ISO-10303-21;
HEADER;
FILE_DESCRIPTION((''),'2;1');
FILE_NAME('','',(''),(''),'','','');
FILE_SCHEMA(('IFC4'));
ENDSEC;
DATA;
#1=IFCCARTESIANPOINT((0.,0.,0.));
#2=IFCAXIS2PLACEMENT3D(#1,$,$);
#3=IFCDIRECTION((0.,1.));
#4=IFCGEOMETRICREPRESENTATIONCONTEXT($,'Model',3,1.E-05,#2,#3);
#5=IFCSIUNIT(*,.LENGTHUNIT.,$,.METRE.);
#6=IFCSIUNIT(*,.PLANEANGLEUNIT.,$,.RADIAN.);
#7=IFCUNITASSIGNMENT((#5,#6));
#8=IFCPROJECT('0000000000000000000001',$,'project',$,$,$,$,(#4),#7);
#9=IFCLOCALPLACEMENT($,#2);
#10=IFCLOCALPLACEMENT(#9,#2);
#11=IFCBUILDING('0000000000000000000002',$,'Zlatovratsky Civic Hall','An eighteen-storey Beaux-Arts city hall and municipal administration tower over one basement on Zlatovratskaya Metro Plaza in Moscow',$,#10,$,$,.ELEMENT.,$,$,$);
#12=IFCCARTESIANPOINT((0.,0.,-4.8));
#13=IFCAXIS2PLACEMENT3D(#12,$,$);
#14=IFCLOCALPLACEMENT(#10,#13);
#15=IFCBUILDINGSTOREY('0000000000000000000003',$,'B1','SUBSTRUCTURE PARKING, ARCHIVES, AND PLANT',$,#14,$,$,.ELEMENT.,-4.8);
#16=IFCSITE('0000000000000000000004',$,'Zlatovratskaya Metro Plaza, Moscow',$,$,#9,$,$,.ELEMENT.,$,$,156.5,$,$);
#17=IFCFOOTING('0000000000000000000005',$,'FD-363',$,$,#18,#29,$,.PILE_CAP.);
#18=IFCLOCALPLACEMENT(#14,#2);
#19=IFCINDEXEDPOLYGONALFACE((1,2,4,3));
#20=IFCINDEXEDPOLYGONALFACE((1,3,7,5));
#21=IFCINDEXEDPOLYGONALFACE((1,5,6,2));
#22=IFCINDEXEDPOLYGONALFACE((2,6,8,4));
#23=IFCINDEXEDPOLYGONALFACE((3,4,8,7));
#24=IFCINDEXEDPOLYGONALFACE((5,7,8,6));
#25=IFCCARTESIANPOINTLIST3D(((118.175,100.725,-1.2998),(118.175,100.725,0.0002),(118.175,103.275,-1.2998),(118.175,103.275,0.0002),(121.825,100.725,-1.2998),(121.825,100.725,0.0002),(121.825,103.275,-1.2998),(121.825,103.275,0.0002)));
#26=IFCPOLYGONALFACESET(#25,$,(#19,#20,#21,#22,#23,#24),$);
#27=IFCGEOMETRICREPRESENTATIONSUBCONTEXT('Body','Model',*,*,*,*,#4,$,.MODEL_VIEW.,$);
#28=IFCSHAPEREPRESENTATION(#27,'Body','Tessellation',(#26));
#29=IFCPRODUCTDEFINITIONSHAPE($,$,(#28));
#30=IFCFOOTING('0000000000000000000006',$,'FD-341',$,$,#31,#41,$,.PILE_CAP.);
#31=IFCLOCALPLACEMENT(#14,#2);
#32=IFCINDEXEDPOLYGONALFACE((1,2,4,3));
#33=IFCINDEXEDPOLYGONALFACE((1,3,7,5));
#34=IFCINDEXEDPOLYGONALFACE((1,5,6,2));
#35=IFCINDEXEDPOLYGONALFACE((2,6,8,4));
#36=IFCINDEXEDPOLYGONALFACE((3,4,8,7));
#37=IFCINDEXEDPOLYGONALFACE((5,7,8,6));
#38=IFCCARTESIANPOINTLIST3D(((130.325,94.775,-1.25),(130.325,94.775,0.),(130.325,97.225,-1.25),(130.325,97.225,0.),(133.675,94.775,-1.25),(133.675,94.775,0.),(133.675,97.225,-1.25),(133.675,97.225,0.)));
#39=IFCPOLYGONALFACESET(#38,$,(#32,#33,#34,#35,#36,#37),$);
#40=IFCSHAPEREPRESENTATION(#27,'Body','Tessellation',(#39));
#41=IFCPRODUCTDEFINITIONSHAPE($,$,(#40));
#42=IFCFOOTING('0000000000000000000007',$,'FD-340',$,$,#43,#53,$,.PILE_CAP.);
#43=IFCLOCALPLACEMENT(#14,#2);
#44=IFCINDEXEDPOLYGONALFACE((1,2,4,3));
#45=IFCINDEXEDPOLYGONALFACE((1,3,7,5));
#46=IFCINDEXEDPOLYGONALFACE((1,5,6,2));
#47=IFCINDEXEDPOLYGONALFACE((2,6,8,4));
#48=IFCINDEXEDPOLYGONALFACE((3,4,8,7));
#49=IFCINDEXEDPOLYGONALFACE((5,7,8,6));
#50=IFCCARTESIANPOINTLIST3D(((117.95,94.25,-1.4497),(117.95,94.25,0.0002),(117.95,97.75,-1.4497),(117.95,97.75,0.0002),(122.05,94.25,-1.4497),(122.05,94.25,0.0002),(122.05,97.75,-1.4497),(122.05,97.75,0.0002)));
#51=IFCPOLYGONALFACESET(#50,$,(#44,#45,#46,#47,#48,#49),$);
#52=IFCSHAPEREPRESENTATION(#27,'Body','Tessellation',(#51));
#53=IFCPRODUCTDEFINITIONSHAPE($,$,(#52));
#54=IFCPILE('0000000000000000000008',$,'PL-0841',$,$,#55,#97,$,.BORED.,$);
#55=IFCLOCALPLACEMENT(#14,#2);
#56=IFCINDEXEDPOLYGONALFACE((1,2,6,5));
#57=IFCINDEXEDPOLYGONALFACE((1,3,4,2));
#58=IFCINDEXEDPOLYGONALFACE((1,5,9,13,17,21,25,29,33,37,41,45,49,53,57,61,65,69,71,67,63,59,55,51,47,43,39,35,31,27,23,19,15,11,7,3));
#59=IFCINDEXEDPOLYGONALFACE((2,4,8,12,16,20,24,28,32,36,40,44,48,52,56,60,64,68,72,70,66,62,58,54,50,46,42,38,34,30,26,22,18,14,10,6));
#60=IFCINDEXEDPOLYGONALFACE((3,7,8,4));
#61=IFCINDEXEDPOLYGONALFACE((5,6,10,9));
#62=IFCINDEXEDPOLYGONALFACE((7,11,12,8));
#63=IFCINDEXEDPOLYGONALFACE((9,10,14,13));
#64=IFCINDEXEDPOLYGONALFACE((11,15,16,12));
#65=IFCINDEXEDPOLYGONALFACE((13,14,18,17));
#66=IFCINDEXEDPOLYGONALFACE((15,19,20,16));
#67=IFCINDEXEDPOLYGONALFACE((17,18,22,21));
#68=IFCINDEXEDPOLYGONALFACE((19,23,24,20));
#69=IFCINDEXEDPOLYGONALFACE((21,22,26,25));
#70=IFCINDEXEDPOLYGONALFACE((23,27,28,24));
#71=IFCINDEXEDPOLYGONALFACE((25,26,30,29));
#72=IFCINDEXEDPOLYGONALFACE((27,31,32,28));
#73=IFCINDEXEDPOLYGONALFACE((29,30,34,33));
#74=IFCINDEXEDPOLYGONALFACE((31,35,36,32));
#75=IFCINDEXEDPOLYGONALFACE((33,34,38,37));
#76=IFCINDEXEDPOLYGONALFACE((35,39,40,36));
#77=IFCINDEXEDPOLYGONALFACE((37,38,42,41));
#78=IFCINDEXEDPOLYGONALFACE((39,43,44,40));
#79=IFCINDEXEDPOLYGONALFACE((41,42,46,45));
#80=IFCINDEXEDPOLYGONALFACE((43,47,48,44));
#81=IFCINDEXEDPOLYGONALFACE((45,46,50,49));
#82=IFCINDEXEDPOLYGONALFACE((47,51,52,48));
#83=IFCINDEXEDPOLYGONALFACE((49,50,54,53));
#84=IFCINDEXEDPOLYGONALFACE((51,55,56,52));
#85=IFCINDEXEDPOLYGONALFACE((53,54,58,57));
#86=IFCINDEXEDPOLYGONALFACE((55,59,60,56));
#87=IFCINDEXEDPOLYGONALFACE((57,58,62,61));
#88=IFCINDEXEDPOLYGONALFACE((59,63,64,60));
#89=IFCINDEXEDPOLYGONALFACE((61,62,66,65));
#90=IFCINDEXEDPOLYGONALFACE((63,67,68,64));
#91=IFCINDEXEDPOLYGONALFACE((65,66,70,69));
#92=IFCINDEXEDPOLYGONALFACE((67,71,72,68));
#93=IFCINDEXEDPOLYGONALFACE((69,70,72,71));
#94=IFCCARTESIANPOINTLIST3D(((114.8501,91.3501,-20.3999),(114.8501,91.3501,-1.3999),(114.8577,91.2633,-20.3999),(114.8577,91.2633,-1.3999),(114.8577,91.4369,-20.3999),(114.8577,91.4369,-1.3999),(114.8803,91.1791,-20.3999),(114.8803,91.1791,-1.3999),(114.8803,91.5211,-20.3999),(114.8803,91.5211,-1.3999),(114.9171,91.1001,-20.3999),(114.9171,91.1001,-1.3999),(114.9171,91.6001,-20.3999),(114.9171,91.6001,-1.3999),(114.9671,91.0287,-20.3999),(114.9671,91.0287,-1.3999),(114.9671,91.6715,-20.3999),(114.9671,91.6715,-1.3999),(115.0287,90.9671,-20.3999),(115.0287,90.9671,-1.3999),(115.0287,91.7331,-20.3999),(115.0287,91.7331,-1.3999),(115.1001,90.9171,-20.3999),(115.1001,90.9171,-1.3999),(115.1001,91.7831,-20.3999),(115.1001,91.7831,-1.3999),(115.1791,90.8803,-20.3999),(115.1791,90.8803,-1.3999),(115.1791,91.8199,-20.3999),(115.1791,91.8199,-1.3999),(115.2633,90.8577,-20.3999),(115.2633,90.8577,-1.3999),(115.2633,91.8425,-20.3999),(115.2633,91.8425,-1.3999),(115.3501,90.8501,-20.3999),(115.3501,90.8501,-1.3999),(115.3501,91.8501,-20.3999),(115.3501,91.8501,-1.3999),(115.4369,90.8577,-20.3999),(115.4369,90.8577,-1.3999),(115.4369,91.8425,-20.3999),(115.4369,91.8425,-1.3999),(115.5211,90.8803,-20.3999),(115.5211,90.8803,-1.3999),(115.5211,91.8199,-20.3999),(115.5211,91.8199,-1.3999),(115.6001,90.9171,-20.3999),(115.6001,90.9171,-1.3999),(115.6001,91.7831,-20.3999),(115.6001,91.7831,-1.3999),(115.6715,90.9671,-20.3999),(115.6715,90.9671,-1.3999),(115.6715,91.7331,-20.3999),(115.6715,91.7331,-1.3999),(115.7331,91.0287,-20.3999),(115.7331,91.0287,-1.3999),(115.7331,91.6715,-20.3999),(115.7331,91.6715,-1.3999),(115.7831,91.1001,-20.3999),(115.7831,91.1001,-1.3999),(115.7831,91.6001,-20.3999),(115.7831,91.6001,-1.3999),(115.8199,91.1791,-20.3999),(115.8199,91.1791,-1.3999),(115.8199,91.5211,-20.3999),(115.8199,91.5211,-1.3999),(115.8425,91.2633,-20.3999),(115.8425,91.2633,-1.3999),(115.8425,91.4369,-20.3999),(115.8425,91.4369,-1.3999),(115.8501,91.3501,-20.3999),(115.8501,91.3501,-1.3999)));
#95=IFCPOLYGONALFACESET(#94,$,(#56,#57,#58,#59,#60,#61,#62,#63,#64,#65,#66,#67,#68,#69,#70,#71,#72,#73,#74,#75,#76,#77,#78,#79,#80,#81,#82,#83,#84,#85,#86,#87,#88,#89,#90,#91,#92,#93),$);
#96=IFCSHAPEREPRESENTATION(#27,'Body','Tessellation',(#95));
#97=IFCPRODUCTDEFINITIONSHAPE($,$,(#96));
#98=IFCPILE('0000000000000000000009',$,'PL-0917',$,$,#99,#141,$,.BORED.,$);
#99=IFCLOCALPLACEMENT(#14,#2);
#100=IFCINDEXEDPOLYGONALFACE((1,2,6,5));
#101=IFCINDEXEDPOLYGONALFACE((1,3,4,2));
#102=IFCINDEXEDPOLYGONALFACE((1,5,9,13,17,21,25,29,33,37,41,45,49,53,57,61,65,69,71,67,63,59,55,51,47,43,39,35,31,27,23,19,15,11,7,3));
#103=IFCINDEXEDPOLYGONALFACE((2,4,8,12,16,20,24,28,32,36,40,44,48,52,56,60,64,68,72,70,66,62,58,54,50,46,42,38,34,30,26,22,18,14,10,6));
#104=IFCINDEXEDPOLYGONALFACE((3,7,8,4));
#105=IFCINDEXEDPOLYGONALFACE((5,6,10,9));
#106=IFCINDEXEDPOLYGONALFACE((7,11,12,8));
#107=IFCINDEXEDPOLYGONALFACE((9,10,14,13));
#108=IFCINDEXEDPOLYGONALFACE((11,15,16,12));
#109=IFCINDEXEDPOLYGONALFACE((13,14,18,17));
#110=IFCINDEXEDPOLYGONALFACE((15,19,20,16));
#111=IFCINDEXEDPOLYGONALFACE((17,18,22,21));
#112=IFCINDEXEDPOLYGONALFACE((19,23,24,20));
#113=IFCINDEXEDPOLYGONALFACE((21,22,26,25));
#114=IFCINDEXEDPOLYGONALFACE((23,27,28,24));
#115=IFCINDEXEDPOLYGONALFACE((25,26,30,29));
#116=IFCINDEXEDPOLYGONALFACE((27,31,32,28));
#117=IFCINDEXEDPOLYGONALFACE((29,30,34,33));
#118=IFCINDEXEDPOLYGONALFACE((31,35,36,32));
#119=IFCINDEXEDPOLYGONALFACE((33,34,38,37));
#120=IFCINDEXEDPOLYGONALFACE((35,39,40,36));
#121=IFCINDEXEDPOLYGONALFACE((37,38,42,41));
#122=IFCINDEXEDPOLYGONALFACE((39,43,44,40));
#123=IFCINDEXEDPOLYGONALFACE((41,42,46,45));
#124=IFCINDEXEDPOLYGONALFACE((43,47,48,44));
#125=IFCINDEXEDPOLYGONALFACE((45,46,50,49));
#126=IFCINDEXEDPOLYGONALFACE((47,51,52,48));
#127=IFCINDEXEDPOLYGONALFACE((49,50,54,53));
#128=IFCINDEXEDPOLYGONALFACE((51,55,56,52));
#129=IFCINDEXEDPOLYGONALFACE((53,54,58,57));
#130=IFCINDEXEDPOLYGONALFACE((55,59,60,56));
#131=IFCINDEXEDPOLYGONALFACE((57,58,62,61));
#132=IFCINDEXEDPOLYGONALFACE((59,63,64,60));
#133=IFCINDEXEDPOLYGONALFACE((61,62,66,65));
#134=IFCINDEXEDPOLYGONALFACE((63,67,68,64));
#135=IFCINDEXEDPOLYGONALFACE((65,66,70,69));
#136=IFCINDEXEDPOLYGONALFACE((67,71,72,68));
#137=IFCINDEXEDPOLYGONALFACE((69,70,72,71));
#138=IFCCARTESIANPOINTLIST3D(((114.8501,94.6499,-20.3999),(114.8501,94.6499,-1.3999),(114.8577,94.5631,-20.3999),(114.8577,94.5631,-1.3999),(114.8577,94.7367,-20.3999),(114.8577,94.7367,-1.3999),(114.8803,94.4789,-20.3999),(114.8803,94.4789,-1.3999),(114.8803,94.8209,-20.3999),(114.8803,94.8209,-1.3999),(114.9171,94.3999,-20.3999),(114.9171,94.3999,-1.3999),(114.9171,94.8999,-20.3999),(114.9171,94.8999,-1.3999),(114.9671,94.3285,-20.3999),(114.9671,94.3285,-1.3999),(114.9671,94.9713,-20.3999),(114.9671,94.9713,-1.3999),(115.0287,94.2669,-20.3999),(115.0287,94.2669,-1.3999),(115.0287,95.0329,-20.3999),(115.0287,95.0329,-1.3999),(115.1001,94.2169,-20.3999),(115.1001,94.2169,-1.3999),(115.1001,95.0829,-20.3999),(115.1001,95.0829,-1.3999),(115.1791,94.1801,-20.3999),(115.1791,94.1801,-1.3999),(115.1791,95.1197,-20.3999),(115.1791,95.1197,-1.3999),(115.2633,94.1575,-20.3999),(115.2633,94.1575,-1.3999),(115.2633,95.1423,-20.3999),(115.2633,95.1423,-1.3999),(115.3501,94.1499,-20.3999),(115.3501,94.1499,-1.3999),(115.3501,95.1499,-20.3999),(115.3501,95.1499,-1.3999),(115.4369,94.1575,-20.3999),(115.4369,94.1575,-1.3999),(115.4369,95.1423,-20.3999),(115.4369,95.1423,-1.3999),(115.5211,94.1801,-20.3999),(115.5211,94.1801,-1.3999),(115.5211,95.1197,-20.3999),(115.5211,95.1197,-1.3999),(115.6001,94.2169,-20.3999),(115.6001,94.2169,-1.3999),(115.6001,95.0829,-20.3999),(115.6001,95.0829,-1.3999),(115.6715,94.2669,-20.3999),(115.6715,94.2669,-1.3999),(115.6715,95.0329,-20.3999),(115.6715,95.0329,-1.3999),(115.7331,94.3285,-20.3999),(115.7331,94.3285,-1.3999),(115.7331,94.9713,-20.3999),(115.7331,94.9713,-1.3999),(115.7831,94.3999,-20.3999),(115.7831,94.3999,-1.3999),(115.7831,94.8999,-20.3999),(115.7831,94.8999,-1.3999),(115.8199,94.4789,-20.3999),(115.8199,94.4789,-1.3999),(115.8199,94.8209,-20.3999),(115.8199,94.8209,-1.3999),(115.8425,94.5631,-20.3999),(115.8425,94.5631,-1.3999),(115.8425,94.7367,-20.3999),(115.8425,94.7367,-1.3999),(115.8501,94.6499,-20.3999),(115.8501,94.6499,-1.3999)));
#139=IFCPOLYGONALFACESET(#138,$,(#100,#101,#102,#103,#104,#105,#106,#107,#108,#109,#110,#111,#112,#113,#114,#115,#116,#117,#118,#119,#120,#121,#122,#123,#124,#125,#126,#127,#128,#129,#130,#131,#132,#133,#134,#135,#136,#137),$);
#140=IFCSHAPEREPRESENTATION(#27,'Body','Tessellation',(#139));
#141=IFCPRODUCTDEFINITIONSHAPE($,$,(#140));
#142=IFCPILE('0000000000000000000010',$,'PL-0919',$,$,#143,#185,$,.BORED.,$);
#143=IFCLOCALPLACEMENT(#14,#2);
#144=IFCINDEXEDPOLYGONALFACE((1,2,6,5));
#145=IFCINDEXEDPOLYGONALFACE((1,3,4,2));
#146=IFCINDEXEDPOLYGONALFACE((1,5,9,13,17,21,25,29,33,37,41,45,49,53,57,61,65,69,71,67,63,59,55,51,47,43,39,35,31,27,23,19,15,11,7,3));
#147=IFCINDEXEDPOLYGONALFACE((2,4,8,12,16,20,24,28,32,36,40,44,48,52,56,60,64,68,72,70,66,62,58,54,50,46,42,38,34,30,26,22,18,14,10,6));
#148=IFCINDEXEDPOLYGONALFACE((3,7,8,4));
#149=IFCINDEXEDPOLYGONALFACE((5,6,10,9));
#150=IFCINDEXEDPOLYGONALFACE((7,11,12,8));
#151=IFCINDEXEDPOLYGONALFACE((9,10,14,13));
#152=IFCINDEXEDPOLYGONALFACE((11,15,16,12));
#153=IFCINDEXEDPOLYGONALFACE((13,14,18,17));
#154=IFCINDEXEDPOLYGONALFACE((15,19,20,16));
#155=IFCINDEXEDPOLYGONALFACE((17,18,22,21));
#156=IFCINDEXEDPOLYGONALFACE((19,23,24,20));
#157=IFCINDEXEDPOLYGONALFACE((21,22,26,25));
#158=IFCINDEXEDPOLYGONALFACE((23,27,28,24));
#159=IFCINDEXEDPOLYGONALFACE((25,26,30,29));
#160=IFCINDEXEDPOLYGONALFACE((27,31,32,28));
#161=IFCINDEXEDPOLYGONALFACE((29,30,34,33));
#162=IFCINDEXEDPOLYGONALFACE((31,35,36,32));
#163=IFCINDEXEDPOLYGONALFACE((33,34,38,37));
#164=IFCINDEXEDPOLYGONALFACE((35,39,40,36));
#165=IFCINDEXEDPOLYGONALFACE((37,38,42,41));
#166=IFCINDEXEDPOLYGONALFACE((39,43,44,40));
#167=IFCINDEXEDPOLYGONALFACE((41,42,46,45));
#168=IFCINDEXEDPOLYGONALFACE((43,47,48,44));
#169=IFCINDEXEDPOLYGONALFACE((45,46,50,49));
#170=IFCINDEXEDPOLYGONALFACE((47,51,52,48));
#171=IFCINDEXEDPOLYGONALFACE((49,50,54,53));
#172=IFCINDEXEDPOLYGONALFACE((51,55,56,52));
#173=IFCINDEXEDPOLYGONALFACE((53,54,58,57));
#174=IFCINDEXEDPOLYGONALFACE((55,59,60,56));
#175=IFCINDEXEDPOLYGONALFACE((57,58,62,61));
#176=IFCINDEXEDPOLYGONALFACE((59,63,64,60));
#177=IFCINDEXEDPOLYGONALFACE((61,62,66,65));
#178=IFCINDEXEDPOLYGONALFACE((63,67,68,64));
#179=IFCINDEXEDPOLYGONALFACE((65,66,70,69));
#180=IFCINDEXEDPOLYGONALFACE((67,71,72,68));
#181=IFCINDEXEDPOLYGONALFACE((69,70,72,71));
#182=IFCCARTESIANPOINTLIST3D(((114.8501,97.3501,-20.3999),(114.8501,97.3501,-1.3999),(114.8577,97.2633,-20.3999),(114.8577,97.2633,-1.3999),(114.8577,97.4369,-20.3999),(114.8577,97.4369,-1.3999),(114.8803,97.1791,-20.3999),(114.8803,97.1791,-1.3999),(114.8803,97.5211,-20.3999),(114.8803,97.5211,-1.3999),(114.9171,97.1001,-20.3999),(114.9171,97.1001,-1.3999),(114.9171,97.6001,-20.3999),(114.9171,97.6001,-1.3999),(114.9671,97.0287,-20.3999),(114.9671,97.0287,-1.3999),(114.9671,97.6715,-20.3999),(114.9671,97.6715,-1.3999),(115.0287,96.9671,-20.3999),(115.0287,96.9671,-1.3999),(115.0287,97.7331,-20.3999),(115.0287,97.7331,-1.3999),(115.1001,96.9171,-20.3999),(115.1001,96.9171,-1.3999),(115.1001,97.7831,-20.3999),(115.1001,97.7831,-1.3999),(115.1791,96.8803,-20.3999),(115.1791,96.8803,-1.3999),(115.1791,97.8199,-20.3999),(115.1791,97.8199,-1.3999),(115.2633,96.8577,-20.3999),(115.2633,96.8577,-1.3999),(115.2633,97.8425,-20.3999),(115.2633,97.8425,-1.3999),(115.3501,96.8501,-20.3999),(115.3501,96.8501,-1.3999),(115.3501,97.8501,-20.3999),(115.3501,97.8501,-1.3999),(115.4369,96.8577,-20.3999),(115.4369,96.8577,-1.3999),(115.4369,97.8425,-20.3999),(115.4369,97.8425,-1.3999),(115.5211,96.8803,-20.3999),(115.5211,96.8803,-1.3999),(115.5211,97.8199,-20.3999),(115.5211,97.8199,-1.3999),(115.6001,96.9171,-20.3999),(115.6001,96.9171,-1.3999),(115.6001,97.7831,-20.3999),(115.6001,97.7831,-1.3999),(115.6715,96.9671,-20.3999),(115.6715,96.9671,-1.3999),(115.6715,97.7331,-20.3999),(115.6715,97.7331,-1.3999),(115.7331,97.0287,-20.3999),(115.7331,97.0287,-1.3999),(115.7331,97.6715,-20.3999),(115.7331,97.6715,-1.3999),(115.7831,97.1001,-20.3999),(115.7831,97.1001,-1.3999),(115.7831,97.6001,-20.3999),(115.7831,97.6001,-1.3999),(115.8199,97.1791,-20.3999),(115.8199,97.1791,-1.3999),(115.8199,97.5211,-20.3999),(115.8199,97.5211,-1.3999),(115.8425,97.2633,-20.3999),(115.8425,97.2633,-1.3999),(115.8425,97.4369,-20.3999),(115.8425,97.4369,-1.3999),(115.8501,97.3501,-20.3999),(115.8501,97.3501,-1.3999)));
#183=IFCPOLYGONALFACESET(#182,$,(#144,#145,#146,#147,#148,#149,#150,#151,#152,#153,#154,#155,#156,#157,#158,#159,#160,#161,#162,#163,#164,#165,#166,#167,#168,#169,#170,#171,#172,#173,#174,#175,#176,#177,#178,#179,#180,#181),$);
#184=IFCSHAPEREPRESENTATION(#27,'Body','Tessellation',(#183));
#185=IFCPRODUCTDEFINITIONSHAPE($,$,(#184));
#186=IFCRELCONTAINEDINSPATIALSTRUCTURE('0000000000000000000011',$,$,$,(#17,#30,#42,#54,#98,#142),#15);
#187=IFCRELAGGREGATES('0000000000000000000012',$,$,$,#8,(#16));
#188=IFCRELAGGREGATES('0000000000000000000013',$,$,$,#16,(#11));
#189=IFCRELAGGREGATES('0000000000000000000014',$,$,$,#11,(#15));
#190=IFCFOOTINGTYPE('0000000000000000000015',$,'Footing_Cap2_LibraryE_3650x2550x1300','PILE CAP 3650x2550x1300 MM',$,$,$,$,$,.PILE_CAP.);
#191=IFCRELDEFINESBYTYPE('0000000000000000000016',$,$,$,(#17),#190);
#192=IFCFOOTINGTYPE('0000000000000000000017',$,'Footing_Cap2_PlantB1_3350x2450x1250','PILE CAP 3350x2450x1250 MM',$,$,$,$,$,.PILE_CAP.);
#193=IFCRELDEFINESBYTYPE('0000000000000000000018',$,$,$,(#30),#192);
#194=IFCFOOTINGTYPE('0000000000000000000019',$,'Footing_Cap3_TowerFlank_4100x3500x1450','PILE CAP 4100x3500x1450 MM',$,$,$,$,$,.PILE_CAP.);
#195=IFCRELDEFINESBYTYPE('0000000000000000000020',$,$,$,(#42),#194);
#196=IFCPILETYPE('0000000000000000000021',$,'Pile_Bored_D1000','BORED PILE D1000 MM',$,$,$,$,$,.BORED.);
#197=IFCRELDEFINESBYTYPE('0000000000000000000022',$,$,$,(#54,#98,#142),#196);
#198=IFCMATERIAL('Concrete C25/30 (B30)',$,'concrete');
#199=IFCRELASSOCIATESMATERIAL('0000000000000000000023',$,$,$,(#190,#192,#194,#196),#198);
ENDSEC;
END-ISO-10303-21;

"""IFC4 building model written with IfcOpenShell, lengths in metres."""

from ifc_helpers import new_model, si_unit, direction, frame, origin, origin_2d, place, context, subcontext, project, spatial, rectangle, circle, extrude, material, material_profile, profile_set, type_object, element, save


model = new_model("IFC4")

# Units and contexts
model_context = context("Model", 3, precision=1e-05, world=origin(), true_north=direction((0.0, 1.0)))
body_context = subcontext(model_context, "Body", "Model", "MODEL_VIEW")
ifc_project = project(units=[si_unit("LENGTHUNIT", "METRE"), si_unit("PLANEANGLEUNIT", "RADIAN")], contexts=[model_context])

# Site, building, storey
site_placement = place(None, origin())
site = spatial("IfcSite", under=ifc_project, at=site_placement, Name="Zlatovratskaya Metro Plaza, Moscow", CompositionType="ELEMENT", RefElevation=156.5)
building_placement = place(site_placement, origin())
building = spatial("IfcBuilding", under=site, at=building_placement, Name="Zlatovratsky Civic Hall", Description="An eighteen-storey Beaux-Arts city hall and municipal administration tower over one basement on Zlatovratskaya Metro Plaza in Moscow", CompositionType="ELEMENT")
storey_placement = place(building_placement, frame((0.0, 0.0, -4.8)))
storey = spatial("IfcBuildingStorey", under=building, at=storey_placement, Name="B1", Description="SUBSTRUCTURE PARKING, ARCHIVES, AND PLANT", CompositionType="ELEMENT", Elevation=-4.8)

# Footings
ifc_material_1 = material(Name="Concrete C25/30 (B30)", Category="concrete")
footing_type_1 = type_object("IfcFootingType", Name="Footing_Cap2_LibraryE_3650x2550x1300", Description="PILE CAP 3650x2550x1300 MM", PredefinedType="PILE_CAP", material=ifc_material_1)
footing_1_placement = place(storey_placement, frame((120.0, 102.0, -1.2998), z_axis=(0.0, 0.0, 1.0), x_axis=(1.0, 0.0, 0.0)))
element("IfcFooting", 1, at=footing_1_placement, inside=storey, type_object=footing_type_1, Name="FD-363", PredefinedType="PILE_CAP", context=body_context, shape_type="SweptSolid", body=[
    extrude(rectangle(XDim=3.6499, YDim=2.55, at=origin_2d()), origin(), (0.0, 0.0, 1.0), 1.3),
])
footing_type_2 = type_object("IfcFootingType", Name="Footing_Cap2_PlantB1_3350x2450x1250", Description="PILE CAP 3350x2450x1250 MM", PredefinedType="PILE_CAP", material=ifc_material_1)
footing_2_placement = place(storey_placement, frame((132.0, 96.0, -1.25), z_axis=(0.0, 0.0, 1.0), x_axis=(1.0, 0.0, 0.0)))
element("IfcFooting", 2, at=footing_2_placement, inside=storey, type_object=footing_type_2, Name="FD-341", PredefinedType="PILE_CAP", context=body_context, shape_type="SweptSolid", body=[
    extrude(rectangle(XDim=3.3501, YDim=2.45, at=origin_2d()), origin(), (0.0, 0.0, 1.0), 1.25),
])
footing_type_3 = type_object("IfcFootingType", Name="Footing_Cap3_TowerFlank_4100x3500x1450", Description="PILE CAP 4100x3500x1450 MM", PredefinedType="PILE_CAP", material=ifc_material_1)
footing_3_placement = place(storey_placement, frame((120.0, 96.0, -1.4497), z_axis=(0.0, 0.0, 1.0), x_axis=(1.0, 0.0, 0.0)))
element("IfcFooting", 3, at=footing_3_placement, inside=storey, type_object=footing_type_3, Name="FD-340", PredefinedType="PILE_CAP", context=body_context, shape_type="SweptSolid", body=[
    extrude(rectangle(XDim=4.1001, YDim=3.5, at=origin_2d()), origin(), (0.0, 0.0, 1.0), 1.45),
])

# Piles
ifc_material_profile_1 = material_profile(ifc_material_1, circle(Radius=0.5, at=origin_2d()), Name="PILE D1000")
ifc_profile_set_1 = profile_set([ifc_material_profile_1], Name="Concrete C25/30 (B30)")
pile_type_1 = type_object("IfcPileType", Name="Pile_Bored_D1000", Description="BORED PILE D1000 MM", PredefinedType="BORED", material=ifc_profile_set_1)
for number, where, z_axis, x_axis, name in (
    (4, (115.3501, 91.3501, -1.3999), (0.0, 0.0, -1.0), (1.0, 0.0, 0.0), "PL-0841"),
    (5, (115.3501, 94.6499, -1.3999), (0.0, 0.0, -1.0), (1.0, 0.0, 0.0), "PL-0917"),
    (6, (115.3501, 97.3501, -1.3999), (0.0, 0.0, -1.0), (1.0, 0.0, 0.0), "PL-0919"),
):
    element("IfcPile", number, at=place(storey_placement, frame(where, z_axis=z_axis, x_axis=x_axis)), inside=storey, type_object=pile_type_1, Name=name, PredefinedType="BORED", context=body_context, shape_type="SweptSolid", body=[
        extrude(circle(Radius=0.5, at=origin_2d()), origin(), (0.0, 0.0, 1.0), 19.0),
    ])

save(model, "model.ifc")
